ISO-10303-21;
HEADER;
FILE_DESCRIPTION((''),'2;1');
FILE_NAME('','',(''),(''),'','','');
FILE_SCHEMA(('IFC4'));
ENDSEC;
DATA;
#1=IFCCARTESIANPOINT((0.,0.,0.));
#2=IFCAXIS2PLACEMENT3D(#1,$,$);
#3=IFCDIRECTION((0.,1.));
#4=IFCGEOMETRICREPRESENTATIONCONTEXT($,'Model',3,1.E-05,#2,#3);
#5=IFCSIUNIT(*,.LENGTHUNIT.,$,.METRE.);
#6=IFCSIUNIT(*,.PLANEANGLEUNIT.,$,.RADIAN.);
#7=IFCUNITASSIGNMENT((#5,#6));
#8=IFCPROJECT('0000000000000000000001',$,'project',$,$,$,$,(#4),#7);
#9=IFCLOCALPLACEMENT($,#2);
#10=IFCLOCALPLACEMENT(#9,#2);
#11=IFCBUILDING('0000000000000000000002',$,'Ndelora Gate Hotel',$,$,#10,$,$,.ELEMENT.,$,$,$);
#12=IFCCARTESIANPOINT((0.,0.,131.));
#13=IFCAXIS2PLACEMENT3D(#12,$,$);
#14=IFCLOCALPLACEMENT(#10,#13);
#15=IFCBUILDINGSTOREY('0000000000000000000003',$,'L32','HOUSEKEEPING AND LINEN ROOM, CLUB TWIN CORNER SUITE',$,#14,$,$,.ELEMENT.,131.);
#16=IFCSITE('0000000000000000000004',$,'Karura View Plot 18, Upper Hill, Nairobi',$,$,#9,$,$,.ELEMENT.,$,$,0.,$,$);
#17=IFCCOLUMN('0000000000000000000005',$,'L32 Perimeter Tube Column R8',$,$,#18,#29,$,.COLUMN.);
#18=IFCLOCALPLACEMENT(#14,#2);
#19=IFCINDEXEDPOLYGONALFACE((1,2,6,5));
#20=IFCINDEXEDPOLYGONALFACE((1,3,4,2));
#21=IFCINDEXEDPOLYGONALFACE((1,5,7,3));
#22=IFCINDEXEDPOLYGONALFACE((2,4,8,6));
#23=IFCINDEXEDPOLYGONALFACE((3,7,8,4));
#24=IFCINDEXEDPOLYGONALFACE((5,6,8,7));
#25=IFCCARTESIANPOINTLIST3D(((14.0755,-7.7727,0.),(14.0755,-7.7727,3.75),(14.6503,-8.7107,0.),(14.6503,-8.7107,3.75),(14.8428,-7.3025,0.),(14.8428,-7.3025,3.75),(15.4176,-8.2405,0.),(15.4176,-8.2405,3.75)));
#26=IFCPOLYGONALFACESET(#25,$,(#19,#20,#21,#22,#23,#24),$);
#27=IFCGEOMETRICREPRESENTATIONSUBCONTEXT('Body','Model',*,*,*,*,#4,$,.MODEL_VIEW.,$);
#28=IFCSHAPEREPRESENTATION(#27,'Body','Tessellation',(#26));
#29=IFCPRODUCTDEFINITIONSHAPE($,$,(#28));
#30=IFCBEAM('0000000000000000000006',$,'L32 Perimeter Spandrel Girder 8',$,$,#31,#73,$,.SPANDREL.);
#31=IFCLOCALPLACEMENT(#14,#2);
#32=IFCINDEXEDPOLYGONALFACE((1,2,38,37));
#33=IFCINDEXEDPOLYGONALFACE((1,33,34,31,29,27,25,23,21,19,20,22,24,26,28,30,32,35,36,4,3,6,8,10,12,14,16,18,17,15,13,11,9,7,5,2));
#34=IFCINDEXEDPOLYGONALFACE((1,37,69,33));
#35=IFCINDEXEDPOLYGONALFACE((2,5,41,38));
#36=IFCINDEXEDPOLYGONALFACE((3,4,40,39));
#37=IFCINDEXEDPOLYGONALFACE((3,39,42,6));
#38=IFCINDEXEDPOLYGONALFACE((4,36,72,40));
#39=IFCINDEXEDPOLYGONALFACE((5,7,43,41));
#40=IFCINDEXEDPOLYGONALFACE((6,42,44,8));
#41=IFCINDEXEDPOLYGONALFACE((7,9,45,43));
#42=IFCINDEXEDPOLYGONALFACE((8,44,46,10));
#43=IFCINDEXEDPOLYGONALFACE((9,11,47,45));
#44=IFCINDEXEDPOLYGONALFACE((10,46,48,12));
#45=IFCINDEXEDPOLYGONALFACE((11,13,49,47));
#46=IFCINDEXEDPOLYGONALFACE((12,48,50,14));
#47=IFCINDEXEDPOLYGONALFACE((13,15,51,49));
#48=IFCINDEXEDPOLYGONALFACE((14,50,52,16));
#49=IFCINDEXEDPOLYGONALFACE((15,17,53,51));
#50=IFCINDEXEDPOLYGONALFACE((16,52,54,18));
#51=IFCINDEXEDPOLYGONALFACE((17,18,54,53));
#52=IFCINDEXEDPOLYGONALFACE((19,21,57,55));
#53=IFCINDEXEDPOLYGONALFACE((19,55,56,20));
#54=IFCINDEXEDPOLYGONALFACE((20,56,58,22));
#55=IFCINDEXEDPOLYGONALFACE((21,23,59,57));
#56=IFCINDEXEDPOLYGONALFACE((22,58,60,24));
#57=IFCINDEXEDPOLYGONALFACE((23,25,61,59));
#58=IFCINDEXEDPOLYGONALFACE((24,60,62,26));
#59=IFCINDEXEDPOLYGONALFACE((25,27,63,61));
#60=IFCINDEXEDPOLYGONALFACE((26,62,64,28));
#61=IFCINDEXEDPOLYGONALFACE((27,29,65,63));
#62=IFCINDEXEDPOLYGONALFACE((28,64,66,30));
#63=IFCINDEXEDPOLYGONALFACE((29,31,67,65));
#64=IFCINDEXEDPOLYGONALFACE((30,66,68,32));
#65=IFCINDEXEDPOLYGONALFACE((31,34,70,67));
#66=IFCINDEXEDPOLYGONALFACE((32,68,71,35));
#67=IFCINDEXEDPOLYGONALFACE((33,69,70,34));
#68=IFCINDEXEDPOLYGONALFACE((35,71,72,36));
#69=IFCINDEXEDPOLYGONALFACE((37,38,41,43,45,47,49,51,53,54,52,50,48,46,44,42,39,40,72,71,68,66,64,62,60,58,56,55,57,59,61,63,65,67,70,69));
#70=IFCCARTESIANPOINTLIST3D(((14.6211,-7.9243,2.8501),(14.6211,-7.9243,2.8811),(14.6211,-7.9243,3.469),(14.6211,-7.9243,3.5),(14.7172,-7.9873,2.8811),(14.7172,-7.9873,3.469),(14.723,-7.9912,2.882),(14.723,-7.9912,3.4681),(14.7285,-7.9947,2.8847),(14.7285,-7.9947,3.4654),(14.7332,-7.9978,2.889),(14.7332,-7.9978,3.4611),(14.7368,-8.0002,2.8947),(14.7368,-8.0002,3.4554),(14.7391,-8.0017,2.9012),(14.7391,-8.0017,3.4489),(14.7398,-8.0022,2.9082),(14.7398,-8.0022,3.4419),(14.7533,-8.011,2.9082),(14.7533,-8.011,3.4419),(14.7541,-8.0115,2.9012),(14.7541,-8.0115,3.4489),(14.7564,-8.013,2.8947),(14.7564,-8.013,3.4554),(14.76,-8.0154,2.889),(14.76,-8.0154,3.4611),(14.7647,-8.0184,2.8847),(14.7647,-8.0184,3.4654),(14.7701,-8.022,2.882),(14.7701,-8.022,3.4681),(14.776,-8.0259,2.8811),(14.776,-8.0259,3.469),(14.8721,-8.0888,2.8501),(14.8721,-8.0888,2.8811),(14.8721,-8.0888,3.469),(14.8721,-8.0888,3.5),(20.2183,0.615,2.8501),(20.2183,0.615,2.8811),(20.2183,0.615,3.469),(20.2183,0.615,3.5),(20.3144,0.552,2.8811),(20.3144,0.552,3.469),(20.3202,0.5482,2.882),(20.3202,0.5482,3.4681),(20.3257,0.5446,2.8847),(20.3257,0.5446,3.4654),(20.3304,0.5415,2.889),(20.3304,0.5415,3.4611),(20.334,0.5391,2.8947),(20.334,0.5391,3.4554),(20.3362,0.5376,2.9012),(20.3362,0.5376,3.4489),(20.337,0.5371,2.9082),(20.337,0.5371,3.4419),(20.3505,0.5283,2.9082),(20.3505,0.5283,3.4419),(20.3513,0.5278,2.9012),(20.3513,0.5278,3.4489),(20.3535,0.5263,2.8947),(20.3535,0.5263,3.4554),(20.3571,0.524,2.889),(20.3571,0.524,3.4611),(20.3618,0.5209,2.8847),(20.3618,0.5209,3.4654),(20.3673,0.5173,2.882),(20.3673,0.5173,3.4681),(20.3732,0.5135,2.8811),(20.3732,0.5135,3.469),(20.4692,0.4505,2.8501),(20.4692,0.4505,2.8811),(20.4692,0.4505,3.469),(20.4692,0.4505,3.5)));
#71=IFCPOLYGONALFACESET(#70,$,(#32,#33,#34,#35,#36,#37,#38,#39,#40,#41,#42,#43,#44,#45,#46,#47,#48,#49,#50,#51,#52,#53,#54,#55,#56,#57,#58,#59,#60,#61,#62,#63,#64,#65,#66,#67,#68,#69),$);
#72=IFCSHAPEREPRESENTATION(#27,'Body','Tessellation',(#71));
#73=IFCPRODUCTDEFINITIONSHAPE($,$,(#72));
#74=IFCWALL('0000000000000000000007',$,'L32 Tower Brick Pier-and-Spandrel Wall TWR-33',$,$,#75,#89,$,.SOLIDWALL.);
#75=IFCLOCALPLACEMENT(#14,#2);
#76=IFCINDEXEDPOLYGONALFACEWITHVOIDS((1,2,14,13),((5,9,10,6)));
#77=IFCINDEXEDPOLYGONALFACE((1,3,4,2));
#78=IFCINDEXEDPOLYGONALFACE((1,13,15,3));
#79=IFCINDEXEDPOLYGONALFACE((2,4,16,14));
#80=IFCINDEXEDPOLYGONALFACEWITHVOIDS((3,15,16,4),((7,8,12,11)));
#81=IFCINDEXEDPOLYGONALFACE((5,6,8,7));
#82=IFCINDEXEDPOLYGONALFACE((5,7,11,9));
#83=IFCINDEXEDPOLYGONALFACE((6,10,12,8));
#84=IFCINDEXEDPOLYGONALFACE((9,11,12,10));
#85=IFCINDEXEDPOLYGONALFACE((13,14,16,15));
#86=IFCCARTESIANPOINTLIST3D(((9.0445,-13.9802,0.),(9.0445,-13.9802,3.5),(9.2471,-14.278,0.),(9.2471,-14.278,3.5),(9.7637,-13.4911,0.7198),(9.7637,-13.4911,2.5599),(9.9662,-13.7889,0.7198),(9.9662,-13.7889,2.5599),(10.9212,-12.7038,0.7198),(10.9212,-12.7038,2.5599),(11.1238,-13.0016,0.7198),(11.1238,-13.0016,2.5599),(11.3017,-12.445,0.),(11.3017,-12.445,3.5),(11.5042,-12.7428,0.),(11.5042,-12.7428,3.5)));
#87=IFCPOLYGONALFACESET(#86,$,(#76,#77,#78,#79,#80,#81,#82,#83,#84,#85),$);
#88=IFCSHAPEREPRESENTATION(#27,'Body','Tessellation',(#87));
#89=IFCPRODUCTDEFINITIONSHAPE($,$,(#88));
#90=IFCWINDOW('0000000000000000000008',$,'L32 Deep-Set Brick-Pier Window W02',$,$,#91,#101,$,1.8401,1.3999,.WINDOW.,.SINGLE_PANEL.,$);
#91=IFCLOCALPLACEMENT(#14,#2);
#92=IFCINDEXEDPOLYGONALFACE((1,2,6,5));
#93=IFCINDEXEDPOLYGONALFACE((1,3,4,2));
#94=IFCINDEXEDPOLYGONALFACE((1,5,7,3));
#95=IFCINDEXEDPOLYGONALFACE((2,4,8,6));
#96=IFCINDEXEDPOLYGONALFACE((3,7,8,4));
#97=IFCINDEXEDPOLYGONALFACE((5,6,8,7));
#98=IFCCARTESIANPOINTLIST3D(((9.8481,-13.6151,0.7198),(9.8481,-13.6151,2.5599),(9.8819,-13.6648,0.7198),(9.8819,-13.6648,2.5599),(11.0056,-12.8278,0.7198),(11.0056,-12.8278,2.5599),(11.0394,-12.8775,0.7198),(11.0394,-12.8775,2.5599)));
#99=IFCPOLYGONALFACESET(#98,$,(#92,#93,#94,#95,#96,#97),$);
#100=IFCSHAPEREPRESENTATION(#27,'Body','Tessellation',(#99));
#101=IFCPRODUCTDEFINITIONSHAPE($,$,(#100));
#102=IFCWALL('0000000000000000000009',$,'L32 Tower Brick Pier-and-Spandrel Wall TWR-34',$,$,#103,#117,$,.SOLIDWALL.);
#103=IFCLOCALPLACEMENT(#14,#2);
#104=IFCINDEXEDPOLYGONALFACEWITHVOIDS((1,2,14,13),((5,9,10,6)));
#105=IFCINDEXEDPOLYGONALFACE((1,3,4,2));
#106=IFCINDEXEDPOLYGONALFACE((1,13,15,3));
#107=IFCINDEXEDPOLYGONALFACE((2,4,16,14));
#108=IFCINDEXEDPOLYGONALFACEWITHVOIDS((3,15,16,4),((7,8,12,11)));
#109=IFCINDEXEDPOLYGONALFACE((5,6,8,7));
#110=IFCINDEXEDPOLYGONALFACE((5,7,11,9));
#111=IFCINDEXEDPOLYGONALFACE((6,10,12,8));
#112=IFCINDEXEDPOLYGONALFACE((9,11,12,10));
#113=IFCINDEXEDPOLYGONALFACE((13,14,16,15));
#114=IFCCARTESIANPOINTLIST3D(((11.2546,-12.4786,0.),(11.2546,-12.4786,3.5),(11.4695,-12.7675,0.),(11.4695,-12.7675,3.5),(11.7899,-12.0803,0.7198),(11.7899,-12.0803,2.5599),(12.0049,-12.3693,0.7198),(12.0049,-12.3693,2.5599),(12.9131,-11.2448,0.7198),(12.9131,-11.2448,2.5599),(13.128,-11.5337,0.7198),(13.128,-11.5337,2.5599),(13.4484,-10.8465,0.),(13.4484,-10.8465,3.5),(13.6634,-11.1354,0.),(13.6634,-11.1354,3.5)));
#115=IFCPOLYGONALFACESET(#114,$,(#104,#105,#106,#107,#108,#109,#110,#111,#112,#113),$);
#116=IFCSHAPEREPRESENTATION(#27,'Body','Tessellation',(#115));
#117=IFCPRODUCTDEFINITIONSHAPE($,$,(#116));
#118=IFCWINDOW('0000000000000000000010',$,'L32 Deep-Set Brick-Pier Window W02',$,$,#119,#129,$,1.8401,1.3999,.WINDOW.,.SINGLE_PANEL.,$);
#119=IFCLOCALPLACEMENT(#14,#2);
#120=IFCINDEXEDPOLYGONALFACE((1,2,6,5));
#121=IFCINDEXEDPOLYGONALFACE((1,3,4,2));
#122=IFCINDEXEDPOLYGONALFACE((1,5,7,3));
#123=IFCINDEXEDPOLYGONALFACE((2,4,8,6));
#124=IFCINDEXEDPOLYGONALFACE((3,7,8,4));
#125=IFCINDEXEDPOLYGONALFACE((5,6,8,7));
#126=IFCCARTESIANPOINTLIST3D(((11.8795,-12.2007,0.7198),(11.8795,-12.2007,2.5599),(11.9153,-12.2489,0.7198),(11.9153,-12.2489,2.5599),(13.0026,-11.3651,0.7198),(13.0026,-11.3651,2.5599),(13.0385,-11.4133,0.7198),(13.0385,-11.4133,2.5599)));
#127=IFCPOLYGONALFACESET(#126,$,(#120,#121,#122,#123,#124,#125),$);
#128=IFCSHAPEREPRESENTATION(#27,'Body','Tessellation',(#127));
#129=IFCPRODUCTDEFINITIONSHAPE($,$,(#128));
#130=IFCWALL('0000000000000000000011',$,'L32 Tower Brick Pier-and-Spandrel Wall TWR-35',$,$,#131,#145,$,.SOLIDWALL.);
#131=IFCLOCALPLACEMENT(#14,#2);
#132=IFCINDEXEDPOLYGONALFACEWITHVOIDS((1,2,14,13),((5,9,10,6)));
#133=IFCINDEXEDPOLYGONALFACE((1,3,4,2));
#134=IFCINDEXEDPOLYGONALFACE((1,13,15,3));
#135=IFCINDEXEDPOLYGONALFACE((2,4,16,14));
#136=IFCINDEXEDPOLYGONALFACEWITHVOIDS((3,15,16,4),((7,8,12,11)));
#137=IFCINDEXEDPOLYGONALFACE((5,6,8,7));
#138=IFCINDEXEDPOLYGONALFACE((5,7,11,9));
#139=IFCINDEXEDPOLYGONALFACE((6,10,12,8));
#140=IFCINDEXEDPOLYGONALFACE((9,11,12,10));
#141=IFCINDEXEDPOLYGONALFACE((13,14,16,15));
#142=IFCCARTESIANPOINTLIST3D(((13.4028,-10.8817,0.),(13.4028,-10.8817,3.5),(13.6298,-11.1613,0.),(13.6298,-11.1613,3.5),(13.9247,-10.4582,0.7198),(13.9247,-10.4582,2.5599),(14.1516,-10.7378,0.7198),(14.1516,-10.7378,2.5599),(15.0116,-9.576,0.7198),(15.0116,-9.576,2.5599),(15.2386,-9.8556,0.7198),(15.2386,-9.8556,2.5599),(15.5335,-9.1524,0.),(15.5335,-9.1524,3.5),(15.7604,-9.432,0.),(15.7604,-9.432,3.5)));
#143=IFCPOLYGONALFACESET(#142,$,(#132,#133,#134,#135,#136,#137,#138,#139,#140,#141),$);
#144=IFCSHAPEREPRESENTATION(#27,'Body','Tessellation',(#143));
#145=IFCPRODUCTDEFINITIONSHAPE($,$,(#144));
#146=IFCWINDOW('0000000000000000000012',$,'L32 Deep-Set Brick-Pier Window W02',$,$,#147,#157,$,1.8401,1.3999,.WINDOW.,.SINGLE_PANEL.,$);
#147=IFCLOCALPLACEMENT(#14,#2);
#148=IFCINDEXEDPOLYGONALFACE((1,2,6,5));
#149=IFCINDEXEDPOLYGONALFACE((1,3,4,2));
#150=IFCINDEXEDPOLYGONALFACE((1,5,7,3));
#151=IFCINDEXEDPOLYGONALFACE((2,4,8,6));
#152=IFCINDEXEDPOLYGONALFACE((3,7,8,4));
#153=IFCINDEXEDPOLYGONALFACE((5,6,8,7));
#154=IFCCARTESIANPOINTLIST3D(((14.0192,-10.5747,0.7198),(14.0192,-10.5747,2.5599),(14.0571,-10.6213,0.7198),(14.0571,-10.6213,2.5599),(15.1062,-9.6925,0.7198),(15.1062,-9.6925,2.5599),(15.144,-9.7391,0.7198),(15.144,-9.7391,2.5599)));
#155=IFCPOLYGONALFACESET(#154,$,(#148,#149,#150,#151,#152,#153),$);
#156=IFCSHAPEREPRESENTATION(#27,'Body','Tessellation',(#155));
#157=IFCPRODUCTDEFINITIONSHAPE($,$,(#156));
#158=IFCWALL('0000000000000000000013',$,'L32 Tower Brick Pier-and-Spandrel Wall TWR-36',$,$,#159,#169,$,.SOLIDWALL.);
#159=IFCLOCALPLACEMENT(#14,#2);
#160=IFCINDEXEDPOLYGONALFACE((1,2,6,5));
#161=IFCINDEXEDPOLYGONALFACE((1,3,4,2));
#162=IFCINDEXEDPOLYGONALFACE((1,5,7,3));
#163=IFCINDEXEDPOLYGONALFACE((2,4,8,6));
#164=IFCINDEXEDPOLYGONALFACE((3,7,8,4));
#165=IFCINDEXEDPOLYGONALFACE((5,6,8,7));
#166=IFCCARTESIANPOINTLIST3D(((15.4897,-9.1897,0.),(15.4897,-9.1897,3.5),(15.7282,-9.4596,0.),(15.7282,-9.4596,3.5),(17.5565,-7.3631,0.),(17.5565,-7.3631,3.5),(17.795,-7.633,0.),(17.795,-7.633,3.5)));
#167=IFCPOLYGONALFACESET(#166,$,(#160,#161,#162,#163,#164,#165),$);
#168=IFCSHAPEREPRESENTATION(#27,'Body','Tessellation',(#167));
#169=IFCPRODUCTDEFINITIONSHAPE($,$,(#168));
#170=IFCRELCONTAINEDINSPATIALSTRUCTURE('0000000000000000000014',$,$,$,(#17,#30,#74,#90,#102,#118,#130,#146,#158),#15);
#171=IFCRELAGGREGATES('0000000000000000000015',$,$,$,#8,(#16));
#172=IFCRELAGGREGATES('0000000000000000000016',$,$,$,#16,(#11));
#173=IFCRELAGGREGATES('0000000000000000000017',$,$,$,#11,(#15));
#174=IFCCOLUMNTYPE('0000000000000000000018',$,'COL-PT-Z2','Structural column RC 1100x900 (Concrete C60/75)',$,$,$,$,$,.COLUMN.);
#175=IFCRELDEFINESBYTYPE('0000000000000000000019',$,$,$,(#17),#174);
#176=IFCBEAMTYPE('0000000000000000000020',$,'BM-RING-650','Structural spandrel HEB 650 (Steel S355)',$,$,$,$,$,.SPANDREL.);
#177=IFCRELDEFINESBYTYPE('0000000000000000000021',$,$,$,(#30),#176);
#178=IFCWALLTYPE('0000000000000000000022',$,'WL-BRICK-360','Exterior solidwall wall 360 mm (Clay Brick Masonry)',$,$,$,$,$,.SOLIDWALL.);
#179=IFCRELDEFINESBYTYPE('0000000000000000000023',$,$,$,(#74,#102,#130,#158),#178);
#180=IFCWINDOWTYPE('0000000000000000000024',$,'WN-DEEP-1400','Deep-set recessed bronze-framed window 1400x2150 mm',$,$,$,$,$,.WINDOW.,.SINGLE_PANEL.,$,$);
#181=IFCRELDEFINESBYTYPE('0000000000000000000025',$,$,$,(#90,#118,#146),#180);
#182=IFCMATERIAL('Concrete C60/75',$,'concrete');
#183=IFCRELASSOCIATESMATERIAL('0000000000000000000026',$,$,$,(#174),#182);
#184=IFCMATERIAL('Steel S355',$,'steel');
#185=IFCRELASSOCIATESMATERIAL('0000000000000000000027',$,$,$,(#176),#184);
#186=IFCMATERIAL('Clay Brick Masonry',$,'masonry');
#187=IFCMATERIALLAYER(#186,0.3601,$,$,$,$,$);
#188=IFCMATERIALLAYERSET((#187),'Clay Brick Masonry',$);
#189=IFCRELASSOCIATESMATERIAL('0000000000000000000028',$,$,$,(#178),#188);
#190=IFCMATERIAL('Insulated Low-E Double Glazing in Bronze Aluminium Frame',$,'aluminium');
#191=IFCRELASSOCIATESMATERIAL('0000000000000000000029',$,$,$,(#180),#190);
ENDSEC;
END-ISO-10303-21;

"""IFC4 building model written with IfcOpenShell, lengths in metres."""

from ifc_helpers import new_model, si_unit, direction, frame, frame_2d, origin, origin_2d, place, context, subcontext, project, spatial, rectangle, i_section, extrude, material, layer, layer_set, material_profile, profile_set, type_object, element, fill, save


model = new_model("IFC4")

# Units and contexts
model_context = context("Model", 3, precision=1e-05, world=origin(), true_north=direction((0.0, 1.0)))
body_context = subcontext(model_context, "Body", "Model", "MODEL_VIEW")
ifc_project = project(units=[si_unit("LENGTHUNIT", "METRE"), si_unit("PLANEANGLEUNIT", "RADIAN")], contexts=[model_context])

# Site, building, storey
site_placement = place(None, origin())
site = spatial("IfcSite", under=ifc_project, at=site_placement, Name="Karura View Plot 18, Upper Hill, Nairobi", CompositionType="ELEMENT", RefElevation=0.0)
building_placement = place(site_placement, origin())
building = spatial("IfcBuilding", under=site, at=building_placement, Name="Ndelora Gate Hotel", CompositionType="ELEMENT")
storey_placement = place(building_placement, frame((0.0, 0.0, 131.0)))
storey = spatial("IfcBuildingStorey", under=building, at=storey_placement, Name="L32", Description="HOUSEKEEPING AND LINEN ROOM, CLUB TWIN CORNER SUITE", CompositionType="ELEMENT", Elevation=131.0)

# Column
ifc_material_1 = material(Name="Concrete C60/75", Category="concrete")
ifc_material_profile_1 = material_profile(ifc_material_1, rectangle(XDim=0.8999, YDim=1.1001, at=origin_2d()), Name="RC 1100x900")
ifc_profile_set_1 = profile_set([ifc_material_profile_1], Name="Concrete C60/75")
column_type = type_object("IfcColumnType", Name="COL-PT-Z2", Description="Structural column RC 1100x900 (Concrete C60/75)", PredefinedType="COLUMN", material=ifc_profile_set_1)
column_placement = place(storey_placement, frame((14.7466, -8.0066, 0.0), z_axis=(0.0, 0.0, 1.0), x_axis=(0.85264, 0.522499, 0.0)))
element("IfcColumn", 1, at=column_placement, inside=storey, type_object=column_type, Name="L32 Perimeter Tube Column R8", PredefinedType="COLUMN", context=body_context, shape_type="SweptSolid", body=[
    extrude(rectangle(XDim=0.8999, YDim=1.1001, at=origin_2d()), origin(), (0.0, 0.0, 1.0), 3.75),
])

# Beam
ifc_material_2 = material(Name="Steel S355", Category="steel")
ifc_material_profile_2 = material_profile(ifc_material_2, i_section(OverallWidth=0.3, OverallDepth=0.6499, WebThickness=0.0161, FlangeThickness=0.031, FilletRadius=0.0271, at=origin_2d()), Name="HEB 650")
ifc_profile_set_2 = profile_set([ifc_material_profile_2], Name="Steel S355")
beam_type = type_object("IfcBeamType", Name="BM-RING-650", Description="Structural spandrel HEB 650 (Steel S355)", PredefinedType="SPANDREL", material=ifc_profile_set_2)
beam_placement = place(storey_placement, frame((14.7466, -8.0066, 3.175), z_axis=(0.548194, 0.836351, 0.0), x_axis=(-0.836351, 0.548194, 0.0)))
element("IfcBeam", 2, at=beam_placement, inside=storey, type_object=beam_type, Name="L32 Perimeter Spandrel Girder 8", PredefinedType="SPANDREL", context=body_context, shape_type="SweptSolid", body=[
    extrude(i_section(OverallWidth=0.3, OverallDepth=0.6499, WebThickness=0.0161, FlangeThickness=0.031, FilletRadius=0.0271, at=origin_2d()), origin(), (0.0, 0.0, 1.0), 10.2102),
])

# Walls, openings, windows
ifc_material_3 = material(Name="Clay Brick Masonry", Category="masonry")
ifc_layer_1 = layer(ifc_material_3, 0.3601)
ifc_layer_set_1 = layer_set([ifc_layer_1], Name="Clay Brick Masonry")
wall_type_1 = type_object("IfcWallType", Name="WL-BRICK-360", Description="Exterior solidwall wall 360 mm (Clay Brick Masonry)", PredefinedType="SOLIDWALL", material=ifc_layer_set_1)
wall_1_placement = place(storey_placement, frame((11.4028, -12.594, 0.0), z_axis=(0.0, 0.0, 1.0), x_axis=(-0.826868, -0.562396, 0.0)))
wall_1 = element("IfcWall", 3, at=wall_1_placement, inside=storey, type_object=wall_type_1, Name="L32 Tower Brick Pier-and-Spandrel Wall TWR-33", PredefinedType="SOLIDWALL", context=body_context, shape_type="SweptSolid", body=[
    extrude(rectangle(XDim=2.7297, YDim=0.3601, at=frame_2d((1.3647, 0.0))), origin(), (0.0, 0.0, 1.0), 3.5),
])
opening_1_placement = place(wall_1_placement, frame((0.46, 0.0, 0.72)))
opening_1 = element("IfcOpeningElement", 4, at=opening_1_placement, cuts=wall_1, PredefinedType="OPENING", context=body_context, shape_type="SweptSolid", body=[
    extrude(rectangle(XDim=1.3999, YDim=1.8401, at=frame_2d((0.7, 0.9199))), frame((0.0, 0.1899, 0.0), z_axis=(0.0, -1.0, 0.0), x_axis=(1.0, 0.0, 0.0)), (0.0, 0.0, 1.0), 0.3801),
])
ifc_material_4 = material(Name="Insulated Low-E Double Glazing in Bronze Aluminium Frame", Category="aluminium")
window_type_1 = type_object("IfcWindowType", Name="WN-DEEP-1400", Description="Deep-set recessed bronze-framed window 1400x2150 mm", PartitioningType="SINGLE_PANEL", PredefinedType="WINDOW", material=ifc_material_4)
window_1_placement = place(opening_1_placement, origin())
window_1 = element("IfcWindow", 5, at=window_1_placement, inside=storey, type_object=window_type_1, Name="L32 Deep-Set Brick-Pier Window W02", OverallHeight=1.8401, OverallWidth=1.3999, PartitioningType="SINGLE_PANEL", PredefinedType="WINDOW", context=body_context, shape_type="SweptSolid", body=[
    extrude(rectangle(XDim=1.3999, YDim=1.8401, at=frame_2d((0.7, 0.9199))), frame((0.0, 0.03, 0.0), z_axis=(0.0, -1.0, 0.0), x_axis=(1.0, 0.0, 0.0)), (0.0, 0.0, 1.0), 0.0601),
])
fill(opening_1, window_1)
wall_2_placement = place(storey_placement, frame((13.5559, -10.991, 0.0), z_axis=(0.0, 0.0, 1.0), x_axis=(-0.80233, -0.596881, 0.0)))
wall_2 = element("IfcWall", 6, at=wall_2_placement, inside=storey, type_object=wall_type_1, Name="L32 Tower Brick Pier-and-Spandrel Wall TWR-34", PredefinedType="SOLIDWALL", context=body_context, shape_type="SweptSolid", body=[
    extrude(rectangle(XDim=2.7344, YDim=0.3601, at=frame_2d((1.3672, 0.0))), origin(), (0.0, 0.0, 1.0), 3.5),
])
opening_2_placement = place(wall_2_placement, frame((0.6672, 0.0, 0.72)))
opening_2 = element("IfcOpeningElement", 7, at=opening_2_placement, cuts=wall_2, PredefinedType="OPENING", context=body_context, shape_type="SweptSolid", body=[
    extrude(rectangle(XDim=1.3999, YDim=1.8401, at=frame_2d((0.7, 0.9199))), frame((0.0, 0.1899, 0.0), z_axis=(0.0, -1.0, 0.0), x_axis=(1.0, 0.0, 0.0)), (0.0, 0.0, 1.0), 0.3801),
])
window_2_placement = place(opening_2_placement, origin())
window_2 = element("IfcWindow", 8, at=window_2_placement, inside=storey, type_object=window_type_1, Name="L32 Deep-Set Brick-Pier Window W02", OverallHeight=1.8401, OverallWidth=1.3999, PartitioningType="SINGLE_PANEL", PredefinedType="WINDOW", context=body_context, shape_type="SweptSolid", body=[
    extrude(rectangle(XDim=1.3999, YDim=1.8401, at=frame_2d((0.7, 0.9199))), frame((0.0, 0.03, 0.0), z_axis=(0.0, -1.0, 0.0), x_axis=(1.0, 0.0, 0.0)), (0.0, 0.0, 1.0), 0.0601),
])
fill(opening_2, window_2)
wall_3_placement = place(storey_placement, frame((15.647, -9.2922, 0.0), z_axis=(0.0, 0.0, 1.0), x_axis=(-0.776449, -0.630181, 0.0)))
wall_3 = element("IfcWall", 9, at=wall_3_placement, inside=storey, type_object=wall_type_1, Name="L32 Tower Brick Pier-and-Spandrel Wall TWR-35", PredefinedType="SOLIDWALL", context=body_context, shape_type="SweptSolid", body=[
    extrude(rectangle(XDim=2.7441, YDim=0.3601, at=frame_2d((1.3721, 0.0))), origin(), (0.0, 0.0, 1.0), 3.5),
])
opening_3_placement = place(wall_3_placement, frame((0.6721, 0.0, 0.72)))
opening_3 = element("IfcOpeningElement", 10, at=opening_3_placement, cuts=wall_3, PredefinedType="OPENING", context=body_context, shape_type="SweptSolid", body=[
    extrude(rectangle(XDim=1.3999, YDim=1.8401, at=frame_2d((0.7, 0.9199))), frame((0.0, 0.1899, 0.0), z_axis=(0.0, -1.0, 0.0), x_axis=(1.0, 0.0, 0.0)), (0.0, 0.0, 1.0), 0.3801),
])
window_3_placement = place(opening_3_placement, origin())
window_3 = element("IfcWindow", 11, at=window_3_placement, inside=storey, type_object=window_type_1, Name="L32 Deep-Set Brick-Pier Window W02", OverallHeight=1.8401, OverallWidth=1.3999, PartitioningType="SINGLE_PANEL", PredefinedType="WINDOW", context=body_context, shape_type="SweptSolid", body=[
    extrude(rectangle(XDim=1.3999, YDim=1.8401, at=frame_2d((0.7, 0.9199))), frame((0.0, 0.03, 0.0), z_axis=(0.0, -1.0, 0.0), x_axis=(1.0, 0.0, 0.0)), (0.0, 0.0, 1.0), 0.0601),
])
fill(opening_3, window_3)

# Wall
wall_4_placement = place(storey_placement, frame((17.6758, -7.498, 0.0), z_axis=(0.0, 0.0, 1.0), x_axis=(-0.749311, -0.662219, 0.0)))
element("IfcWall", 12, at=wall_4_placement, inside=storey, type_object=wall_type_1, Name="L32 Tower Brick Pier-and-Spandrel Wall TWR-36", PredefinedType="SOLIDWALL", context=body_context, shape_type="SweptSolid", body=[
    extrude(rectangle(XDim=2.7583, YDim=0.3601, at=frame_2d((1.3792, 0.0))), origin(), (0.0, 0.0, 1.0), 3.5),
])

save(model, "model.ifc")
